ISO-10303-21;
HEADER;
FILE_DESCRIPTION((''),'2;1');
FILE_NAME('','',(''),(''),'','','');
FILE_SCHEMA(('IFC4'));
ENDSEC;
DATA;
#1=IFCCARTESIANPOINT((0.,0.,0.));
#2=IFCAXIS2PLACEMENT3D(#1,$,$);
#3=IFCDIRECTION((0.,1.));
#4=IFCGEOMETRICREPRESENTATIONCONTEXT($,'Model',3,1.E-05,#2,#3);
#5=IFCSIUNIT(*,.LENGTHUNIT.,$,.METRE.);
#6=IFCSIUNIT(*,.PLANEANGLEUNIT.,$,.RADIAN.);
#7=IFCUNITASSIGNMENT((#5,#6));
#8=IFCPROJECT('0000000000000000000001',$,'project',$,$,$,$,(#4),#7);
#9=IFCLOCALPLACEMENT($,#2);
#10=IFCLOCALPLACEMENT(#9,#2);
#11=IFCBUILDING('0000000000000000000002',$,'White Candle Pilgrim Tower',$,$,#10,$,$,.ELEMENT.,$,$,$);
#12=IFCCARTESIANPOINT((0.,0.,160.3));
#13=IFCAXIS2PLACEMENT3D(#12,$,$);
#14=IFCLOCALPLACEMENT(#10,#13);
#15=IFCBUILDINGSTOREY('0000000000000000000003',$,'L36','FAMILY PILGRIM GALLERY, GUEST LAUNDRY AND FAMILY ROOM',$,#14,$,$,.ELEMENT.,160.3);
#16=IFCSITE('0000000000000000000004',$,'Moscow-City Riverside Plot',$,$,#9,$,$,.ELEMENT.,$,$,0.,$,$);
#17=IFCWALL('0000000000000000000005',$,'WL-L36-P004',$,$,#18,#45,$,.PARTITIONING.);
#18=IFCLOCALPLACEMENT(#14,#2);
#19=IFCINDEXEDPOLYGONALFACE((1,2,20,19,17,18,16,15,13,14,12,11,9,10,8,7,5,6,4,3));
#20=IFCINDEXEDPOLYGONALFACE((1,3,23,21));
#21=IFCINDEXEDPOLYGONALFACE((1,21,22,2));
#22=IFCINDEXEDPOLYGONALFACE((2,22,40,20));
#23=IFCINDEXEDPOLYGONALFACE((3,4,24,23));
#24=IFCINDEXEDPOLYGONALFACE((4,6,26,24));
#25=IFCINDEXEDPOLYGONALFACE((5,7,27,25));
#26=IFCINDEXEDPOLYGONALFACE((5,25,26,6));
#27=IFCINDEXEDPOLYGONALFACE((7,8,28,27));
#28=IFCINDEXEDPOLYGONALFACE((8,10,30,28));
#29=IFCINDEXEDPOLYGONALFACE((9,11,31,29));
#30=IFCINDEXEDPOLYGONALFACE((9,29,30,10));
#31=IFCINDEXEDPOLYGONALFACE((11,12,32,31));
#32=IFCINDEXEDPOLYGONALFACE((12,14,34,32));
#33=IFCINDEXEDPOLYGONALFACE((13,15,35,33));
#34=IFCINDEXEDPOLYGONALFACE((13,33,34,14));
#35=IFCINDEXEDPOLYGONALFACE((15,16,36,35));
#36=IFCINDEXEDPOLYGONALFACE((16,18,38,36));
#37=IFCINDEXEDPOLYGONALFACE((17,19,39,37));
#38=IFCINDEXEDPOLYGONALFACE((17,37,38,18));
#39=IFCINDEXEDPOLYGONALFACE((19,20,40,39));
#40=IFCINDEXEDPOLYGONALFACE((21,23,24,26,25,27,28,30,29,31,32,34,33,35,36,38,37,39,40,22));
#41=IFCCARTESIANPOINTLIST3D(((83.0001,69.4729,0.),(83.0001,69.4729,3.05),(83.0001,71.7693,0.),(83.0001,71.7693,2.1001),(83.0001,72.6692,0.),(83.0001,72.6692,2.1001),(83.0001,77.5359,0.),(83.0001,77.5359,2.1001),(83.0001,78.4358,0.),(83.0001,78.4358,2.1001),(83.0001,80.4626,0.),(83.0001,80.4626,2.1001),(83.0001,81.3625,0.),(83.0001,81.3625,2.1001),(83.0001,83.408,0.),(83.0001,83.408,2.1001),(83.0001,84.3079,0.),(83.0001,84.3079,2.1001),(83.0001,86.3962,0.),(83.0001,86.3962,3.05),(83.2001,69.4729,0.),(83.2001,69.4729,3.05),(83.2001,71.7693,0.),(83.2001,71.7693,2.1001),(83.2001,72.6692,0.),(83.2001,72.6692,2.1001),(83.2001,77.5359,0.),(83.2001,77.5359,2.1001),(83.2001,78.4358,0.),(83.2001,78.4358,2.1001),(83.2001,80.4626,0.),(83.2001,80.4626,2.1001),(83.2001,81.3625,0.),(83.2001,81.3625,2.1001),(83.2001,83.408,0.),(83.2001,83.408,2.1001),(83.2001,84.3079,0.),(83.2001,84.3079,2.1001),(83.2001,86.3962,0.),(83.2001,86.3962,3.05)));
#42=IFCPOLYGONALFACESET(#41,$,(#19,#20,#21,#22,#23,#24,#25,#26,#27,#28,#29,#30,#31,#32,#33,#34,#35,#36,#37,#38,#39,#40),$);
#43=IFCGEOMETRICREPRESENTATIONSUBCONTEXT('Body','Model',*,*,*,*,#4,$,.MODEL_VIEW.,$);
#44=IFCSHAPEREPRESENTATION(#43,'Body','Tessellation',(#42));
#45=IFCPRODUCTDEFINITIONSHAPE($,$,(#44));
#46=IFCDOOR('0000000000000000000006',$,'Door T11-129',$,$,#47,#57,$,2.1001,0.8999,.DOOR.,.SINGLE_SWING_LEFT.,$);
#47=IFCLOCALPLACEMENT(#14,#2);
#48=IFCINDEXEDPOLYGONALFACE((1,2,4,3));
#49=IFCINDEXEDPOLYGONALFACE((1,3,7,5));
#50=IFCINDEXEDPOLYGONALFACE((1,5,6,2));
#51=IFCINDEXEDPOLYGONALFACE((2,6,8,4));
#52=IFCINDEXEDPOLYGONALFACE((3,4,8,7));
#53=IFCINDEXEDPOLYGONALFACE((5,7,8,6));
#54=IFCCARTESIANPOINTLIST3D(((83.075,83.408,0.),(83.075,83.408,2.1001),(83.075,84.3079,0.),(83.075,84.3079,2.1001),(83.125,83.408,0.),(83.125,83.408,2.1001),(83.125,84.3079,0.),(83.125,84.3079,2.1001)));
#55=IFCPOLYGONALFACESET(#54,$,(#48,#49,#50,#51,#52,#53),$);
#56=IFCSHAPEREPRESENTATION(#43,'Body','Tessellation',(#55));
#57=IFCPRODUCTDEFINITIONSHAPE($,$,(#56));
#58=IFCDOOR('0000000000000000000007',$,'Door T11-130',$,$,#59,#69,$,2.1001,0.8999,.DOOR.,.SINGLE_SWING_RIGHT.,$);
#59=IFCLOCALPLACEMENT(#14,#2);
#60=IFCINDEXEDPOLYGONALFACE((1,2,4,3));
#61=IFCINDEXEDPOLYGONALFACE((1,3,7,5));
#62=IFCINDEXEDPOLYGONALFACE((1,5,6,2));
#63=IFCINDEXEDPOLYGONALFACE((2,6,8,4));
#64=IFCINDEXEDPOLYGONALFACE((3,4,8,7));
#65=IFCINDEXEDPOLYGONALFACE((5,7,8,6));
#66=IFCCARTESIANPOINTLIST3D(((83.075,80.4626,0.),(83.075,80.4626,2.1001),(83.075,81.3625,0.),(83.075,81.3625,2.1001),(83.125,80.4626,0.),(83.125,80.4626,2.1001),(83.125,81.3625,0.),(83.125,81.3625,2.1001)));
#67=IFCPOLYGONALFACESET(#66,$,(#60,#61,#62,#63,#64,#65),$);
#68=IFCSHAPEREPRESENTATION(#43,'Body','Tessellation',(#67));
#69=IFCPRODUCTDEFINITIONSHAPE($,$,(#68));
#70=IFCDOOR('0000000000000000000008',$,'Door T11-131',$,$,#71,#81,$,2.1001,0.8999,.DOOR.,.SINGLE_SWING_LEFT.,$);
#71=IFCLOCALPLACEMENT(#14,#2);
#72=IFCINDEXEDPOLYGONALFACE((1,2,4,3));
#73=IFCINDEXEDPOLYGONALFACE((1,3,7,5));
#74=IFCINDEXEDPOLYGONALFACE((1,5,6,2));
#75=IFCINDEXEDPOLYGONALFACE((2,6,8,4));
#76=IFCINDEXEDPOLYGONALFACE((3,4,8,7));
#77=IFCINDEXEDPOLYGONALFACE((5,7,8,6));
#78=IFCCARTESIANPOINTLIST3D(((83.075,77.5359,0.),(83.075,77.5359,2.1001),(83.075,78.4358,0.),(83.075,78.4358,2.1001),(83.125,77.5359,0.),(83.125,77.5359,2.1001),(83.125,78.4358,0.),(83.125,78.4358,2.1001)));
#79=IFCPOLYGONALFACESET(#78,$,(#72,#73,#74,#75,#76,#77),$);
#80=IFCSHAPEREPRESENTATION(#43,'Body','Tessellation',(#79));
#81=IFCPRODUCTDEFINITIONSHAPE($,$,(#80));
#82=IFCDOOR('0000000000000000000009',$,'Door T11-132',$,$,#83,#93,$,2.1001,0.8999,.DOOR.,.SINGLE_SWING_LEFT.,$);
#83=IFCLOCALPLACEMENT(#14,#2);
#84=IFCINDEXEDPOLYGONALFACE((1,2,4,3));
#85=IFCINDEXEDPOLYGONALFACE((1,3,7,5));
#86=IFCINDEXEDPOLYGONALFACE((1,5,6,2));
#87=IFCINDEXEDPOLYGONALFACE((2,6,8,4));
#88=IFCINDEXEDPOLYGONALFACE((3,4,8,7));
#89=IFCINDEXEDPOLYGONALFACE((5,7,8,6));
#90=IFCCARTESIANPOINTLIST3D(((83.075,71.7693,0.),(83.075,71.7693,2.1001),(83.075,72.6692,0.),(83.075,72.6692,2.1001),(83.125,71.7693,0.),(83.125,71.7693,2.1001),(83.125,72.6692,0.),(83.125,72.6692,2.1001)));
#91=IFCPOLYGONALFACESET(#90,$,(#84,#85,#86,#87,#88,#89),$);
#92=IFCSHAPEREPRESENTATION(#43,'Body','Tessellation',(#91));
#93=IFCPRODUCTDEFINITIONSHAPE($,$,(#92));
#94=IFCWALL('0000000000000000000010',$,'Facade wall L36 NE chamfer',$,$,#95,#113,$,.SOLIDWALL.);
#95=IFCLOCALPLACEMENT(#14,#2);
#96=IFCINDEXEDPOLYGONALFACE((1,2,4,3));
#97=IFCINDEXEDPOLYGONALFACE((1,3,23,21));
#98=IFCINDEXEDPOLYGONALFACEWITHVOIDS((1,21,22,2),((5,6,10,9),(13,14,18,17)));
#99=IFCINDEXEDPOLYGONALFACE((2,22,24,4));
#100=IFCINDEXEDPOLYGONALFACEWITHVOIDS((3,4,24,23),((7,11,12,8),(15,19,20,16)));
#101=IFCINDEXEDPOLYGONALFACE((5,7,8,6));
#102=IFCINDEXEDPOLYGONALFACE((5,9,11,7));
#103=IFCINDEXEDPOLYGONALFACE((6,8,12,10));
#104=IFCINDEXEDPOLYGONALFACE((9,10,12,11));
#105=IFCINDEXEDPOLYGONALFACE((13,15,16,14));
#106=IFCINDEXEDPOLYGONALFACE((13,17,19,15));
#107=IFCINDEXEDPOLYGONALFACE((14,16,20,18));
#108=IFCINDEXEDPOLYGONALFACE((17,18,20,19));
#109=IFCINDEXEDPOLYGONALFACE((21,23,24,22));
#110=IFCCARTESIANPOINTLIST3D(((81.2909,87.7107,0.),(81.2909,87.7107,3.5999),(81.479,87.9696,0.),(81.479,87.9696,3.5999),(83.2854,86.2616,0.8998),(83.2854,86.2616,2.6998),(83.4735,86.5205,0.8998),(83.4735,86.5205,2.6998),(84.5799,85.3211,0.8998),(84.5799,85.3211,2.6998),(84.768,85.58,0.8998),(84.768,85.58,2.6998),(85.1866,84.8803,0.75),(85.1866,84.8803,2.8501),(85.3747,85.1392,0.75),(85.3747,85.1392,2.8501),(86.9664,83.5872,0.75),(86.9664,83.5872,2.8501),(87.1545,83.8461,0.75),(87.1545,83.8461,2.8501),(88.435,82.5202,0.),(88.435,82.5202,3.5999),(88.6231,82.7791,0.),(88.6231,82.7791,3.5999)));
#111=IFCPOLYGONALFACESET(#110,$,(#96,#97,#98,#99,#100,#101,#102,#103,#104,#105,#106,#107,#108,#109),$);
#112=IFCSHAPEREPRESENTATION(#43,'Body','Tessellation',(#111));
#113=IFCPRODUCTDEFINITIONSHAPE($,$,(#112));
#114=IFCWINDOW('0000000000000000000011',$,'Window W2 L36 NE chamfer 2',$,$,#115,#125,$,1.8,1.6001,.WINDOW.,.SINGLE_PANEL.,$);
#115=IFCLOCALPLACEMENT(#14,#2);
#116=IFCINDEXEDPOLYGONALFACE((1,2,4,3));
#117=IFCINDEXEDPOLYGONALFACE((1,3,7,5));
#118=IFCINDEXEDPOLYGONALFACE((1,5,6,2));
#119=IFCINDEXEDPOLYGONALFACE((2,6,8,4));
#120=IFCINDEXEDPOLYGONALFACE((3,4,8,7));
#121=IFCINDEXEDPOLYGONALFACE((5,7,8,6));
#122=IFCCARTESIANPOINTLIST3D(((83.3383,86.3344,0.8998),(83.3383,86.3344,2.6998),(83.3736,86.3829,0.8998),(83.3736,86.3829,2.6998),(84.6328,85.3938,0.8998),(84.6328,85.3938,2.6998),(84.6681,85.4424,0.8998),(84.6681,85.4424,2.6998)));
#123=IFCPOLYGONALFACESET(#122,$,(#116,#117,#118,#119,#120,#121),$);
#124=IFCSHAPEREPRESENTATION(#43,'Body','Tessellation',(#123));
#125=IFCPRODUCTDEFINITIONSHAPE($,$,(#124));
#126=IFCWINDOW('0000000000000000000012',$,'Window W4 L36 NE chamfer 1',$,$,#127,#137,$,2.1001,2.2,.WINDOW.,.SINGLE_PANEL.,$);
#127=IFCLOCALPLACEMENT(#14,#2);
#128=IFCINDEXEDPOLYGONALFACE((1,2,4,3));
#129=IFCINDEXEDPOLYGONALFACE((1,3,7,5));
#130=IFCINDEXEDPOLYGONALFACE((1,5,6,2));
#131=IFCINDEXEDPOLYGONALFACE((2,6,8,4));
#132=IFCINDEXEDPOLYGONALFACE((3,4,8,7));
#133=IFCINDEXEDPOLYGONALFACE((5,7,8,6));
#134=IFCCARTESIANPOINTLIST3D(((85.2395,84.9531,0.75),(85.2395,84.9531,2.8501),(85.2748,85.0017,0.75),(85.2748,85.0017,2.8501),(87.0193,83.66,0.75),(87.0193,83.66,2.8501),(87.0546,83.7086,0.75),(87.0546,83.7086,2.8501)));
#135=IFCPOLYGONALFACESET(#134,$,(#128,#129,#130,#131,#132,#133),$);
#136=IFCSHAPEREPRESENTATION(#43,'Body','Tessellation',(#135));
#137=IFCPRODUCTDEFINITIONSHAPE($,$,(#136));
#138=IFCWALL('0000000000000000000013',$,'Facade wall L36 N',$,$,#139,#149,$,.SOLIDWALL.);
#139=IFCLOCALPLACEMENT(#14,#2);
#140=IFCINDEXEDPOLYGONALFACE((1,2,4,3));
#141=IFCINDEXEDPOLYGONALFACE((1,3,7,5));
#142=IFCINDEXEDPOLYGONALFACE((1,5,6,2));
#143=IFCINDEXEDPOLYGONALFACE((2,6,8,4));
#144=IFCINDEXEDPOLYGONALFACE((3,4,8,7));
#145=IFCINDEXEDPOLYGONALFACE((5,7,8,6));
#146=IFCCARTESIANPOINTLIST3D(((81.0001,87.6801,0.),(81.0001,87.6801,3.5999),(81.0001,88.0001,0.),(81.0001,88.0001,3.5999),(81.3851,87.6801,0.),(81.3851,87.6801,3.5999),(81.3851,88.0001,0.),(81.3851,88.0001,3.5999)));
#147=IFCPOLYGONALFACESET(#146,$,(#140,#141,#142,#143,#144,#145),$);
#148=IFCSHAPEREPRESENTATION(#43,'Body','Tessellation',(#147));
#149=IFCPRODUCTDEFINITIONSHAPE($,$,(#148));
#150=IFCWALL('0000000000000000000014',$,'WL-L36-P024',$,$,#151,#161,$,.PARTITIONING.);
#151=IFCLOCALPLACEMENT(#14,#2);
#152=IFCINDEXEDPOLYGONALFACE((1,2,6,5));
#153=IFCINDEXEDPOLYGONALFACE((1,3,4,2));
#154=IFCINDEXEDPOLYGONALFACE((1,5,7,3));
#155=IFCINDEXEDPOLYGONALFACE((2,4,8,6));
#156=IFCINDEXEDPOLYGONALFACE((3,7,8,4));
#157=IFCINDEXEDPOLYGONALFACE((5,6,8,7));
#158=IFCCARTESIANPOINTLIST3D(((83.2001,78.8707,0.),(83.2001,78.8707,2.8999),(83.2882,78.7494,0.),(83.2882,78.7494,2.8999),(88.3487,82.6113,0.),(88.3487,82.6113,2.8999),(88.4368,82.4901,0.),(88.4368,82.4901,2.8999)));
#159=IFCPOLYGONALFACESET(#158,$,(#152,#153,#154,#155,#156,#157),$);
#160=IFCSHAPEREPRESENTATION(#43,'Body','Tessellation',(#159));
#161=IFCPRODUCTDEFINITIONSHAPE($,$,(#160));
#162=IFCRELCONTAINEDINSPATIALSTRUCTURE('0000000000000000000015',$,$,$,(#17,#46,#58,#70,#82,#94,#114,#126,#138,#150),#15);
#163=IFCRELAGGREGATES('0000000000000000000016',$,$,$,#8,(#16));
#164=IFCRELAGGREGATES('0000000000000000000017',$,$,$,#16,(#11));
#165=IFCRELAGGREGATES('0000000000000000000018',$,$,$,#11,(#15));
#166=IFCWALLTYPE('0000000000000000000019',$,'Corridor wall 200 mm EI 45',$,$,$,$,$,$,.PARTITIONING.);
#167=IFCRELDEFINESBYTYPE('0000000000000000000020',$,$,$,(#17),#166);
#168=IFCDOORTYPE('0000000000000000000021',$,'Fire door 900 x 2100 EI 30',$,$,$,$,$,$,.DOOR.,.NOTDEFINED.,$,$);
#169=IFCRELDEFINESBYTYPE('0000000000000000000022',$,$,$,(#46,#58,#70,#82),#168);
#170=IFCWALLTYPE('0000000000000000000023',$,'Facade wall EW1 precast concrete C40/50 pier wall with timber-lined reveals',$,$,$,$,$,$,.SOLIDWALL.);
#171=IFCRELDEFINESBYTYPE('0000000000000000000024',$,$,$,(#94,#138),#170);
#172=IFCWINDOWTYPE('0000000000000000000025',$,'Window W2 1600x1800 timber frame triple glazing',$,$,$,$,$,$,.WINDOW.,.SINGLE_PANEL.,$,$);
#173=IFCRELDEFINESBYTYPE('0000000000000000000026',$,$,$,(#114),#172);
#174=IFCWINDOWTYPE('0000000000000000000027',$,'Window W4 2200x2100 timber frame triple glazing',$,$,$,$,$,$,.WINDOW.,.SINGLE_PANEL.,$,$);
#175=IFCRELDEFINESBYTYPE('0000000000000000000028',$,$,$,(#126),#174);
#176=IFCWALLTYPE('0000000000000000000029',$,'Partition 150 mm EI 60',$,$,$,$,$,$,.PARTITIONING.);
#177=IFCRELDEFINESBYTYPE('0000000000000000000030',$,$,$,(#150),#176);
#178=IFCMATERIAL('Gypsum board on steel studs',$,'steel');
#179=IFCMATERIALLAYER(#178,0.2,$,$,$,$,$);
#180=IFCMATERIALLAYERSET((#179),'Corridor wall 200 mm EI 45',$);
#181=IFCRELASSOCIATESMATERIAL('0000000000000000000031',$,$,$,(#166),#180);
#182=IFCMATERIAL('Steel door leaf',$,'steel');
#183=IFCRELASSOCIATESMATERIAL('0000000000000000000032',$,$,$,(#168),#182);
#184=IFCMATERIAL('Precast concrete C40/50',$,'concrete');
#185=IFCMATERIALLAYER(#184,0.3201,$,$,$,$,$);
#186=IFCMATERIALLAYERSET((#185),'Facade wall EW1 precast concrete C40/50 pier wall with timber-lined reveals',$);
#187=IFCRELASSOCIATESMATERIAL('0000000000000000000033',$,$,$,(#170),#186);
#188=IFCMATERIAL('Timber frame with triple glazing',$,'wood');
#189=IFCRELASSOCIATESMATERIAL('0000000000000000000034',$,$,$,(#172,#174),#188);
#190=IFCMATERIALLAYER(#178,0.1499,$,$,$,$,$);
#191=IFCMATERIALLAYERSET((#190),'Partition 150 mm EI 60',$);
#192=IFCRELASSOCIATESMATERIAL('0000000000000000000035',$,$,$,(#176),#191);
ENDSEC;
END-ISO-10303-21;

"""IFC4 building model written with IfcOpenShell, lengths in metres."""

from ifc_helpers import new_model, si_unit, direction, frame, frame_2d, origin, place, context, subcontext, project, spatial, rectangle, extrude, material, layer, layer_set, type_object, element, fill, save


model = new_model("IFC4")

# Units and contexts
model_context = context("Model", 3, precision=1e-05, world=origin(), true_north=direction((0.0, 1.0)))
body_context = subcontext(model_context, "Body", "Model", "MODEL_VIEW")
ifc_project = project(units=[si_unit("LENGTHUNIT", "METRE"), si_unit("PLANEANGLEUNIT", "RADIAN")], contexts=[model_context])

# Site, building, storey
site_placement = place(None, origin())
site = spatial("IfcSite", under=ifc_project, at=site_placement, Name="Moscow-City Riverside Plot", CompositionType="ELEMENT", RefElevation=0.0)
building_placement = place(site_placement, origin())
building = spatial("IfcBuilding", under=site, at=building_placement, Name="White Candle Pilgrim Tower", CompositionType="ELEMENT")
storey_placement = place(building_placement, frame((0.0, 0.0, 160.3)))
storey = spatial("IfcBuildingStorey", under=building, at=storey_placement, Name="L36", Description="FAMILY PILGRIM GALLERY, GUEST LAUNDRY AND FAMILY ROOM", CompositionType="ELEMENT", Elevation=160.3)

# Shared definitions
ifc_material_1 = material(Name="Steel door leaf", Category="steel")

# Wall, openings, doors
ifc_material_2 = material(Name="Gypsum board on steel studs", Category="steel")
ifc_layer_1 = layer(ifc_material_2, 0.2)
ifc_layer_set_1 = layer_set([ifc_layer_1], Name="Corridor wall 200 mm EI 45")
wall_type_1 = type_object("IfcWallType", Name="Corridor wall 200 mm EI 45", PredefinedType="PARTITIONING", material=ifc_layer_set_1)
wall_1_placement = place(storey_placement, frame((83.1001, 86.3962, 0.0), z_axis=(0.0, 0.0, 1.0), x_axis=(0.0, -1.0, 0.0)))
wall_1 = element("IfcWall", 1, at=wall_1_placement, inside=storey, type_object=wall_type_1, Name="WL-L36-P004", PredefinedType="PARTITIONING", context=body_context, shape_type="SweptSolid", body=[
    extrude(rectangle(XDim=16.9233, YDim=0.2, at=frame_2d((8.4617, 0.0))), origin(), (0.0, 0.0, 1.0), 3.05),
])
opening_1_placement = place(wall_1_placement, frame((2.0884, 0.0, 0.0)))
opening_1 = element("IfcOpeningElement", 2, at=opening_1_placement, cuts=wall_1, PredefinedType="OPENING", context=body_context, shape_type="SweptSolid", body=[
    extrude(rectangle(XDim=0.8999, YDim=2.1001, at=frame_2d((0.45, 1.05))), frame((0.0, 0.1099, 0.0), z_axis=(0.0, -1.0, 0.0), x_axis=(1.0, 0.0, 0.0)), (0.0, 0.0, 1.0), 0.22),
])
opening_2_placement = place(wall_1_placement, frame((5.0337, 0.0, 0.0)))
opening_2 = element("IfcOpeningElement", 3, at=opening_2_placement, cuts=wall_1, PredefinedType="OPENING", context=body_context, shape_type="SweptSolid", body=[
    extrude(rectangle(XDim=0.8999, YDim=2.1001, at=frame_2d((0.45, 1.05))), frame((0.0, 0.1099, 0.0), z_axis=(0.0, -1.0, 0.0), x_axis=(1.0, 0.0, 0.0)), (0.0, 0.0, 1.0), 0.22),
])
opening_3_placement = place(wall_1_placement, frame((7.9604, 0.0, 0.0)))
opening_3 = element("IfcOpeningElement", 4, at=opening_3_placement, cuts=wall_1, PredefinedType="OPENING", context=body_context, shape_type="SweptSolid", body=[
    extrude(rectangle(XDim=0.8999, YDim=2.1001, at=frame_2d((0.45, 1.05))), frame((0.0, 0.1099, 0.0), z_axis=(0.0, -1.0, 0.0), x_axis=(1.0, 0.0, 0.0)), (0.0, 0.0, 1.0), 0.22),
])
opening_4_placement = place(wall_1_placement, frame((13.7271, 0.0, 0.0)))
opening_4 = element("IfcOpeningElement", 5, at=opening_4_placement, cuts=wall_1, PredefinedType="OPENING", context=body_context, shape_type="SweptSolid", body=[
    extrude(rectangle(XDim=0.8999, YDim=2.1001, at=frame_2d((0.45, 1.05))), frame((0.0, 0.1099, 0.0), z_axis=(0.0, -1.0, 0.0), x_axis=(1.0, 0.0, 0.0)), (0.0, 0.0, 1.0), 0.22),
])
door_type_1 = type_object("IfcDoorType", Name="Fire door 900 x 2100 EI 30", OperationType="NOTDEFINED", PredefinedType="DOOR", material=ifc_material_1)
door_1_placement = place(opening_1_placement, origin())
door_1 = element("IfcDoor", 6, at=door_1_placement, inside=storey, type_object=door_type_1, Name="Door T11-129", OperationType="SINGLE_SWING_LEFT", OverallHeight=2.1001, OverallWidth=0.8999, PredefinedType="DOOR", context=body_context, shape_type="SweptSolid", body=[
    extrude(rectangle(XDim=0.8999, YDim=2.1001, at=frame_2d((0.45, 1.05))), frame((0.0, 0.0249, 0.0), z_axis=(0.0, -1.0, 0.0), x_axis=(1.0, 0.0, 0.0)), (0.0, 0.0, 1.0), 0.05),
])
fill(opening_1, door_1)
door_2_placement = place(opening_2_placement, origin())
door_2 = element("IfcDoor", 7, at=door_2_placement, inside=storey, type_object=door_type_1, Name="Door T11-130", OperationType="SINGLE_SWING_RIGHT", OverallHeight=2.1001, OverallWidth=0.8999, PredefinedType="DOOR", context=body_context, shape_type="SweptSolid", body=[
    extrude(rectangle(XDim=0.8999, YDim=2.1001, at=frame_2d((0.45, 1.05))), frame((0.0, 0.0249, 0.0), z_axis=(0.0, -1.0, 0.0), x_axis=(1.0, 0.0, 0.0)), (0.0, 0.0, 1.0), 0.05),
])
fill(opening_2, door_2)
door_3_placement = place(opening_3_placement, origin())
door_3 = element("IfcDoor", 8, at=door_3_placement, inside=storey, type_object=door_type_1, Name="Door T11-131", OperationType="SINGLE_SWING_LEFT", OverallHeight=2.1001, OverallWidth=0.8999, PredefinedType="DOOR", context=body_context, shape_type="SweptSolid", body=[
    extrude(rectangle(XDim=0.8999, YDim=2.1001, at=frame_2d((0.45, 1.05))), frame((0.0, 0.0249, 0.0), z_axis=(0.0, -1.0, 0.0), x_axis=(1.0, 0.0, 0.0)), (0.0, 0.0, 1.0), 0.05),
])
fill(opening_3, door_3)
door_4_placement = place(opening_4_placement, origin())
door_4 = element("IfcDoor", 9, at=door_4_placement, inside=storey, type_object=door_type_1, Name="Door T11-132", OperationType="SINGLE_SWING_LEFT", OverallHeight=2.1001, OverallWidth=0.8999, PredefinedType="DOOR", context=body_context, shape_type="SweptSolid", body=[
    extrude(rectangle(XDim=0.8999, YDim=2.1001, at=frame_2d((0.45, 1.05))), frame((0.0, 0.0249, 0.0), z_axis=(0.0, -1.0, 0.0), x_axis=(1.0, 0.0, 0.0)), (0.0, 0.0, 1.0), 0.05),
])
fill(opening_4, door_4)

# Wall, openings, windows
ifc_material_3 = material(Name="Precast concrete C40/50", Category="concrete")
ifc_layer_2 = layer(ifc_material_3, 0.3201)
ifc_layer_set_2 = layer_set([ifc_layer_2], Name="Facade wall EW1 precast concrete C40/50 pier wall with timber-lined reveals")
wall_type_2 = type_object("IfcWallType", Name="Facade wall EW1 precast concrete C40/50 pier wall with timber-lined reveals", PredefinedType="SOLIDWALL", material=ifc_layer_set_2)
wall_2_placement = place(storey_placement, frame((88.5291, 82.6497, 0.0), z_axis=(0.0, 0.0, 1.0), x_axis=(-0.809018, 0.587784, 0.0)))
wall_2 = element("IfcWall", 10, at=wall_2_placement, inside=storey, type_object=wall_type_2, Name="Facade wall L36 NE chamfer", PredefinedType="SOLIDWALL", context=body_context, shape_type="SweptSolid", body=[
    extrude(rectangle(XDim=8.8306, YDim=0.3201, at=frame_2d((4.4153, 0.0))), origin(), (0.0, 0.0, 1.0), 3.5999),
])
opening_5_placement = place(wall_2_placement, frame((1.8152, 0.0, 0.75)))
opening_5 = element("IfcOpeningElement", 11, at=opening_5_placement, cuts=wall_2, PredefinedType="OPENING", context=body_context, shape_type="SweptSolid", body=[
    extrude(rectangle(XDim=2.2, YDim=2.1001, at=frame_2d((1.1001, 1.05))), frame((0.0, 0.1699, 0.0), z_axis=(0.0, -1.0, 0.0), x_axis=(1.0, 0.0, 0.0)), (0.0, 0.0, 1.0), 0.3401),
])
opening_6_placement = place(wall_2_placement, frame((4.7651, 0.0, 0.8999)))
opening_6 = element("IfcOpeningElement", 12, at=opening_6_placement, cuts=wall_2, PredefinedType="OPENING", context=body_context, shape_type="SweptSolid", body=[
    extrude(rectangle(XDim=1.6001, YDim=1.8, at=frame_2d((0.8, 0.8999))), frame((0.0, 0.1699, 0.0), z_axis=(0.0, -1.0, 0.0), x_axis=(1.0, 0.0, 0.0)), (0.0, 0.0, 1.0), 0.3401),
])
ifc_material_4 = material(Name="Timber frame with triple glazing", Category="wood")
window_type_1 = type_object("IfcWindowType", Name="Window W2 1600x1800 timber frame triple glazing", PartitioningType="SINGLE_PANEL", PredefinedType="WINDOW", material=ifc_material_4)
window_1_placement = place(opening_6_placement, origin())
window_1 = element("IfcWindow", 13, at=window_1_placement, inside=storey, type_object=window_type_1, Name="Window W2 L36 NE chamfer 2", OverallHeight=1.8, OverallWidth=1.6001, PartitioningType="SINGLE_PANEL", PredefinedType="WINDOW", context=body_context, shape_type="SweptSolid", body=[
    extrude(rectangle(XDim=1.6001, YDim=1.8, at=frame_2d((0.8, 0.8999))), frame((0.0, 0.0701, 0.0), z_axis=(0.0, -1.0, 0.0), x_axis=(1.0, 0.0, 0.0)), (0.0, 0.0, 1.0), 0.0601),
])
fill(opening_6, window_1)
window_type_2 = type_object("IfcWindowType", Name="Window W4 2200x2100 timber frame triple glazing", PartitioningType="SINGLE_PANEL", PredefinedType="WINDOW", material=ifc_material_4)
window_2_placement = place(opening_5_placement, origin())
window_2 = element("IfcWindow", 14, at=window_2_placement, inside=storey, type_object=window_type_2, Name="Window W4 L36 NE chamfer 1", OverallHeight=2.1001, OverallWidth=2.2, PartitioningType="SINGLE_PANEL", PredefinedType="WINDOW", context=body_context, shape_type="SweptSolid", body=[
    extrude(rectangle(XDim=2.2, YDim=2.1001, at=frame_2d((1.1001, 1.05))), frame((0.0, 0.0701, 0.0), z_axis=(0.0, -1.0, 0.0), x_axis=(1.0, 0.0, 0.0)), (0.0, 0.0, 1.0), 0.0601),
])
fill(opening_5, window_2)

# Walls
wall_3_placement = place(storey_placement, frame((81.385, 87.8401, 0.0), z_axis=(0.0, 0.0, 1.0), x_axis=(-1.0, 0.0, 0.0)))
element("IfcWall", 15, at=wall_3_placement, inside=storey, type_object=wall_type_2, Name="Facade wall L36 N", PredefinedType="SOLIDWALL", context=body_context, shape_type="SweptSolid", body=[
    extrude(rectangle(XDim=0.385, YDim=0.3201, at=frame_2d((0.1924, 0.0))), origin(), (0.0, 0.0, 1.0), 3.5999),
])
ifc_layer_3 = layer(ifc_material_2, 0.1499)
ifc_layer_set_3 = layer_set([ifc_layer_3], Name="Partition 150 mm EI 60")
wall_type_3 = type_object("IfcWallType", Name="Partition 150 mm EI 60", PredefinedType="PARTITIONING", material=ifc_layer_set_3)
wall_4_placement = place(storey_placement, frame((88.3928, 82.5508, 0.0), z_axis=(0.0, 0.0, 1.0), x_axis=(-0.809018, -0.587784, 0.0)))
element("IfcWall", 16, at=wall_4_placement, inside=storey, type_object=wall_type_3, Name="WL-L36-P024", PredefinedType="PARTITIONING", context=body_context, shape_type="SweptSolid", body=[
    extrude(rectangle(XDim=6.364, YDim=0.1499, at=frame_2d((3.1821, 0.0))), origin(), (0.0, 0.0, 1.0), 2.8999),
])

save(model, "model.ifc")
